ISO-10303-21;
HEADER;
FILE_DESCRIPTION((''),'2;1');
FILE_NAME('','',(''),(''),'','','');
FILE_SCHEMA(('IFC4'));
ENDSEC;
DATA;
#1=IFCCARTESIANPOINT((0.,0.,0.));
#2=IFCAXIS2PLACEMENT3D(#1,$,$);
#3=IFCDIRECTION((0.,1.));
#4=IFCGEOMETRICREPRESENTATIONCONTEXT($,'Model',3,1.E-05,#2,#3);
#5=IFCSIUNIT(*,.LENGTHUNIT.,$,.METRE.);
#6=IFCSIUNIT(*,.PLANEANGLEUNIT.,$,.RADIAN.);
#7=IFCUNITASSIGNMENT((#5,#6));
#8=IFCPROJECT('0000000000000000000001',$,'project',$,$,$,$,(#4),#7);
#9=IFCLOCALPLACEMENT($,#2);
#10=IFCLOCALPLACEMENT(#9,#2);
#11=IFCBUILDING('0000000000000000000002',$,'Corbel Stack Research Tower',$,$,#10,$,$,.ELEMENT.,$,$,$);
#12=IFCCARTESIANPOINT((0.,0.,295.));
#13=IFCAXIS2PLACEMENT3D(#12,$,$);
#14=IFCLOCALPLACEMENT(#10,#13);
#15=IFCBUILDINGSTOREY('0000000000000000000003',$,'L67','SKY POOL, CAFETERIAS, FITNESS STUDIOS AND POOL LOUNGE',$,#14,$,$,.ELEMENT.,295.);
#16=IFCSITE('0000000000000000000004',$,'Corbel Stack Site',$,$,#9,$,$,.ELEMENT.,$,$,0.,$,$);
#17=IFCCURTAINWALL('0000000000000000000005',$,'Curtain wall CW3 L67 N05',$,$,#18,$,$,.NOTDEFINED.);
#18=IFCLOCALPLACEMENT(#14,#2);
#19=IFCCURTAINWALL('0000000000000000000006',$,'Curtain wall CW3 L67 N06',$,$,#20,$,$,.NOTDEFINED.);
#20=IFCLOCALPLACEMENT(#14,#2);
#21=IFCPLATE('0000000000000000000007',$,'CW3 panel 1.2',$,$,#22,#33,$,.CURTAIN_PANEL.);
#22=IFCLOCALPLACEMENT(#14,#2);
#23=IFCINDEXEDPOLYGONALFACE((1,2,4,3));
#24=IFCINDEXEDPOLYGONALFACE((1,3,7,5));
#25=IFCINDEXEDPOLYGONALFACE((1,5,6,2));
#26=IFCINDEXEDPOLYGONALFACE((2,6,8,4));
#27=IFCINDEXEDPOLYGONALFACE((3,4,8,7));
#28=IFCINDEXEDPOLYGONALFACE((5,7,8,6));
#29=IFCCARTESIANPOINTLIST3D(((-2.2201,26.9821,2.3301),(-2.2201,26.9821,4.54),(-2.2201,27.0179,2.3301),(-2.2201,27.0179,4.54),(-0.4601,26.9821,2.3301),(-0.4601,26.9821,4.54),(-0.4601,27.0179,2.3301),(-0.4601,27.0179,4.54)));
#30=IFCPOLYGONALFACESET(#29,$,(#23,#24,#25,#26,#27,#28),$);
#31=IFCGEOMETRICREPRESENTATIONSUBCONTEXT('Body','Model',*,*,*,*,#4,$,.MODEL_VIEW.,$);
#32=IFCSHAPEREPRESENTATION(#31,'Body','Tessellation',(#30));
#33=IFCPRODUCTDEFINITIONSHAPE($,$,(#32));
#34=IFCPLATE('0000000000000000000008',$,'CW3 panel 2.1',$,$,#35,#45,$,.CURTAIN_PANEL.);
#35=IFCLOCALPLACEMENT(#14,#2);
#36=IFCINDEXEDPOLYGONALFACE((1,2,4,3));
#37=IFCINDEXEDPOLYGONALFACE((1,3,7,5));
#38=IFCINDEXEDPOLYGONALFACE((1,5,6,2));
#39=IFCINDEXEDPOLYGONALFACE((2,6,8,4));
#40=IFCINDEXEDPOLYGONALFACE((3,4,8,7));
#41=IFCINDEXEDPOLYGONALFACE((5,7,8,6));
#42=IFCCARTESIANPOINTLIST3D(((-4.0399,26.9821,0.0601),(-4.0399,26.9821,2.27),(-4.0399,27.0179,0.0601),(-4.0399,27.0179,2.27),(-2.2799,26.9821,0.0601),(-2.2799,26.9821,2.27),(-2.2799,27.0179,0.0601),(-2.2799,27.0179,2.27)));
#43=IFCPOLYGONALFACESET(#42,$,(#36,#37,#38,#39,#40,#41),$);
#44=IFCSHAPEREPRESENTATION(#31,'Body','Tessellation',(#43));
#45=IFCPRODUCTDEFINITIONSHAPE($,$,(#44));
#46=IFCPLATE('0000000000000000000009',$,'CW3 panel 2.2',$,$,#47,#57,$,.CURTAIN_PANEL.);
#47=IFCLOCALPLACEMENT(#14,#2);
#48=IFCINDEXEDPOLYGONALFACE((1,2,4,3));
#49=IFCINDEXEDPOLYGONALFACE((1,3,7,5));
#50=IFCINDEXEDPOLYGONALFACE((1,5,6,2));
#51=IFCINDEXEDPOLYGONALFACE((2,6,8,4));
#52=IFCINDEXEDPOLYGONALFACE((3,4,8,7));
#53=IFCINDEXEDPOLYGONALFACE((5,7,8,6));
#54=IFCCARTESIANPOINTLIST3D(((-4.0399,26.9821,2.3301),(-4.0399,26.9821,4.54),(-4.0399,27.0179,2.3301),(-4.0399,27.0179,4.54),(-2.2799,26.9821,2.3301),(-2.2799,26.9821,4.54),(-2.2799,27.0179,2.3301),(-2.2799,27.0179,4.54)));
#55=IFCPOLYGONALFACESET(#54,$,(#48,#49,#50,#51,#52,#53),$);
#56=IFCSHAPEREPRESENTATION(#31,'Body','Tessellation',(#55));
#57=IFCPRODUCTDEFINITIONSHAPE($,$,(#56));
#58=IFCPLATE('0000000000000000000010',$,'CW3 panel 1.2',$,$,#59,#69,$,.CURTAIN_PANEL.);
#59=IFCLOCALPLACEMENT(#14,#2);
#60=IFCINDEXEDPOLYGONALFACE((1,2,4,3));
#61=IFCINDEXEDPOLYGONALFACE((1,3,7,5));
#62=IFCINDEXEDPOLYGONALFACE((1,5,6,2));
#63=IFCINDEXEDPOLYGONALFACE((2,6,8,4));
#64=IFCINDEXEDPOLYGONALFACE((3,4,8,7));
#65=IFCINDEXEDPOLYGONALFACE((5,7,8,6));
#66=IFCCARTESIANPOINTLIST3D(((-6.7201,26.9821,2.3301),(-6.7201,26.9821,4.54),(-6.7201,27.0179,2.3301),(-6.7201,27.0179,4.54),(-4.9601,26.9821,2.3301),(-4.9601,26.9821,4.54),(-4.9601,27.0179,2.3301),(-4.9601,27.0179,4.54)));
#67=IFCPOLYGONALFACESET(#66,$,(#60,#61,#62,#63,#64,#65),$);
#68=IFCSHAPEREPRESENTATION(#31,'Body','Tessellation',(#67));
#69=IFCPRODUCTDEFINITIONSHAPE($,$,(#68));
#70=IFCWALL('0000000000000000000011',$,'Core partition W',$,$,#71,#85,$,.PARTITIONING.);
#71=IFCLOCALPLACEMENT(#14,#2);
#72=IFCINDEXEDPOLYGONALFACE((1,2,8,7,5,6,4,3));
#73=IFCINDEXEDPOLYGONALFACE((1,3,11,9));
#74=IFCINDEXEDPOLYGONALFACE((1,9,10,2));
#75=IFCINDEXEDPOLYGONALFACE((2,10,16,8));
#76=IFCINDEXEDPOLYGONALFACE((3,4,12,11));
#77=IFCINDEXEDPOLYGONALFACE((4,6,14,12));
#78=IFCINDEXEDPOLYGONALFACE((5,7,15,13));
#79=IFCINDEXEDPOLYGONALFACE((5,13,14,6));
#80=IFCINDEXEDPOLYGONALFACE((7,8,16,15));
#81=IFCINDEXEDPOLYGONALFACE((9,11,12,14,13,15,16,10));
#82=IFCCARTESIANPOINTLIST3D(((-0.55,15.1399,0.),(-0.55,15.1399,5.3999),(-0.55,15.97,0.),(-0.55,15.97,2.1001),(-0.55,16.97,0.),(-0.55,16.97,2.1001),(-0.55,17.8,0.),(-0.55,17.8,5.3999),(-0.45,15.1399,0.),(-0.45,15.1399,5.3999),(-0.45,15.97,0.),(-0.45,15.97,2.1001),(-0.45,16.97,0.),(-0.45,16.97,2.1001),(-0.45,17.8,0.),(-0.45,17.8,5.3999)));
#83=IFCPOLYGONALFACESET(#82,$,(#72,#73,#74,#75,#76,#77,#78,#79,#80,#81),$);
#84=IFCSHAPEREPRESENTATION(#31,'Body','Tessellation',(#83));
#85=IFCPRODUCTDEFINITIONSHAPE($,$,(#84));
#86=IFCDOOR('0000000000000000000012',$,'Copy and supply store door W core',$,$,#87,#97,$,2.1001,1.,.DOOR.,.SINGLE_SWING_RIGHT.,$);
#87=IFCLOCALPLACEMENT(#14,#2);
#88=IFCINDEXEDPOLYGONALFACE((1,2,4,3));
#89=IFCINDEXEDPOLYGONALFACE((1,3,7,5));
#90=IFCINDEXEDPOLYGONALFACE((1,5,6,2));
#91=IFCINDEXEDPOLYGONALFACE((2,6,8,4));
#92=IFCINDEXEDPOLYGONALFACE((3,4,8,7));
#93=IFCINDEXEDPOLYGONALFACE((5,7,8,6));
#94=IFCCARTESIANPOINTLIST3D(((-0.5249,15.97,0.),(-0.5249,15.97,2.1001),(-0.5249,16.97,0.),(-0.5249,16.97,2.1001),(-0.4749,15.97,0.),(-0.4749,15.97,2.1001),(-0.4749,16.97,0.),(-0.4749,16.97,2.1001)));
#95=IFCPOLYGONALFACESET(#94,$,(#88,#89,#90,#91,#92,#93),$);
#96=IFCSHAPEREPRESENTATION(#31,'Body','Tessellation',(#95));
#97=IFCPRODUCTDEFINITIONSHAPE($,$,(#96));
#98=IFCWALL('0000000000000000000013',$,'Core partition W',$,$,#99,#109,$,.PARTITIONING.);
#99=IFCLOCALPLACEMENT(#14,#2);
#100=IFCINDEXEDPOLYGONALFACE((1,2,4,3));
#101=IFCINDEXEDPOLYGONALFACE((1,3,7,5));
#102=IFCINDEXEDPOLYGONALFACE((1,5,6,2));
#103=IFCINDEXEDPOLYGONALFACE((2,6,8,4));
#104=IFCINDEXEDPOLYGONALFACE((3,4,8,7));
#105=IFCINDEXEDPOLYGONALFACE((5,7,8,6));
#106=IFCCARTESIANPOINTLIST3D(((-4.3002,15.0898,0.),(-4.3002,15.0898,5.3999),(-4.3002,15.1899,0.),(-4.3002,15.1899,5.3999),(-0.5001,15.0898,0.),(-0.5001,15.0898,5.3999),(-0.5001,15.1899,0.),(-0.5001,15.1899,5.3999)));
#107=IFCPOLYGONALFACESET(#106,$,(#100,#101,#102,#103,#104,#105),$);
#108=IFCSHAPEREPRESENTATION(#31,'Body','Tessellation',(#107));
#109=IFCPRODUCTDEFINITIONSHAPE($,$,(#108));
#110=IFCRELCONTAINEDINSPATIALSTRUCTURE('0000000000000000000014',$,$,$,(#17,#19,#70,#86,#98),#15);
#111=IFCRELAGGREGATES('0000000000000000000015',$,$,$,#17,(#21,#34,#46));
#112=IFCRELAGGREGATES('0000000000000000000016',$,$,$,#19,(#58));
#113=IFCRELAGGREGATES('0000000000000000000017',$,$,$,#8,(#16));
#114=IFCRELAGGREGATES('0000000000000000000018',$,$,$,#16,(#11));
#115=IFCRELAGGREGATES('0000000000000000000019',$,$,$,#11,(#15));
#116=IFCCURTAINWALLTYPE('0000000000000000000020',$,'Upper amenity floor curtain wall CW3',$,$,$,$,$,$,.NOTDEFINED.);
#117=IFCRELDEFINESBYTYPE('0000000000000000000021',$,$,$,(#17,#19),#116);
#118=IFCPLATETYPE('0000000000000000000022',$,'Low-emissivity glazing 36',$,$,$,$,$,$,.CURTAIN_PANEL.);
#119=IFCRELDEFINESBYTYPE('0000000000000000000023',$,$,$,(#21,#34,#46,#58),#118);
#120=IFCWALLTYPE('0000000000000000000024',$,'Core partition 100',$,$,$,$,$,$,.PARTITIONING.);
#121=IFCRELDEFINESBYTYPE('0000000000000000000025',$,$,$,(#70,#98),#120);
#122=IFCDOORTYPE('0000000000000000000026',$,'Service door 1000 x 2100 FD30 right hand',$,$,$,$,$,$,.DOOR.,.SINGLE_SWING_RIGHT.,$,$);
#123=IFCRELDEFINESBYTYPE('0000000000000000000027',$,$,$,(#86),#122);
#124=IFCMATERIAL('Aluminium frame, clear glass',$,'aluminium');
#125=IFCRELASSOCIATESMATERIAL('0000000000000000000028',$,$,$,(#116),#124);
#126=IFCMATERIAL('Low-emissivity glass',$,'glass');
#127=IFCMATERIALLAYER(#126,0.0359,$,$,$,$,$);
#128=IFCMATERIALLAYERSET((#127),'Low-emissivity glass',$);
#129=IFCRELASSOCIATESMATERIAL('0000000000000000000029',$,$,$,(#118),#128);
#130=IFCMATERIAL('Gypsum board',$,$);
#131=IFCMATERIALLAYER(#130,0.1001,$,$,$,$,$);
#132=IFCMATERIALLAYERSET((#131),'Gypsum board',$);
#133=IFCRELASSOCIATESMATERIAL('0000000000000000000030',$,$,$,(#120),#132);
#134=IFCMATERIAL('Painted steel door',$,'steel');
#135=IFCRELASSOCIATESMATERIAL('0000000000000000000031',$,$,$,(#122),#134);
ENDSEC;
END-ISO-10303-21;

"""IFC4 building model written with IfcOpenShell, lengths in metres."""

from ifc_helpers import new_model, si_unit, direction, frame, frame_2d, origin, origin_2d, place, context, subcontext, project, spatial, rectangle, extrude, material, layer, layer_set, type_object, element, fill, aggregate, save


model = new_model("IFC4")

# Units and contexts
model_context = context("Model", 3, precision=1e-05, world=origin(), true_north=direction((0.0, 1.0)))
body_context = subcontext(model_context, "Body", "Model", "MODEL_VIEW")
ifc_project = project(units=[si_unit("LENGTHUNIT", "METRE"), si_unit("PLANEANGLEUNIT", "RADIAN")], contexts=[model_context])

# Site, building, storey
site_placement = place(None, origin())
site = spatial("IfcSite", under=ifc_project, at=site_placement, Name="Corbel Stack Site", CompositionType="ELEMENT", RefElevation=0.0)
building_placement = place(site_placement, origin())
building = spatial("IfcBuilding", under=site, at=building_placement, Name="Corbel Stack Research Tower", CompositionType="ELEMENT")
storey_placement = place(building_placement, frame((0.0, 0.0, 295.0)))
storey = spatial("IfcBuildingStorey", under=building, at=storey_placement, Name="L67", Description="SKY POOL, CAFETERIAS, FITNESS STUDIOS AND POOL LOUNGE", CompositionType="ELEMENT", Elevation=295.0)

# Curtain wall
ifc_material_1 = material(Name="Aluminium frame, clear glass", Category="aluminium")
curtain_wall_type = type_object("IfcCurtainWallType", Name="Upper amenity floor curtain wall CW3", PredefinedType="NOTDEFINED", material=ifc_material_1)
curtain_wall_1_placement = place(storey_placement, origin())
curtain_wall_1 = element("IfcCurtainWall", 1, at=curtain_wall_1_placement, inside=storey, type_object=curtain_wall_type, Name="Curtain wall CW3 L67 N05", PredefinedType="NOTDEFINED")

# Curtain wall
curtain_wall_2_placement = place(storey_placement, origin())
curtain_wall_2 = element("IfcCurtainWall", 2, at=curtain_wall_2_placement, inside=storey, type_object=curtain_wall_type, Name="Curtain wall CW3 L67 N06", PredefinedType="NOTDEFINED")

# Plates
ifc_material_2 = material(Name="Low-emissivity glass", Category="glass")
ifc_layer_1 = layer(ifc_material_2, 0.0359)
ifc_layer_set_1 = layer_set([ifc_layer_1], Name="Low-emissivity glass")
plate_type = type_object("IfcPlateType", Name="Low-emissivity glazing 36", PredefinedType="CURTAIN_PANEL", material=ifc_layer_set_1)
plate_1_placement = place(storey_placement, frame((-1.3401, 27.0, 2.3301), z_axis=(0.0, 0.0, 1.0), x_axis=(-1.0, 0.0, 0.0)))
plate_1 = element("IfcPlate", 3, at=plate_1_placement, type_object=plate_type, Name="CW3 panel 1.2", PredefinedType="CURTAIN_PANEL", context=body_context, shape_type="SweptSolid", body=[
    extrude(rectangle(XDim=1.76, YDim=0.0359, at=origin_2d()), origin(), (0.0, 0.0, 1.0), 2.21),
])
plate_2_placement = place(storey_placement, frame((-3.1599, 27.0, 0.0601), z_axis=(0.0, 0.0, 1.0), x_axis=(-1.0, 0.0, 0.0)))
plate_2 = element("IfcPlate", 4, at=plate_2_placement, type_object=plate_type, Name="CW3 panel 2.1", PredefinedType="CURTAIN_PANEL", context=body_context, shape_type="SweptSolid", body=[
    extrude(rectangle(XDim=1.76, YDim=0.0359, at=origin_2d()), origin(), (0.0, 0.0, 1.0), 2.21),
])
plate_3_placement = place(storey_placement, frame((-3.1599, 27.0, 2.3301), z_axis=(0.0, 0.0, 1.0), x_axis=(-1.0, 0.0, 0.0)))
plate_3 = element("IfcPlate", 5, at=plate_3_placement, type_object=plate_type, Name="CW3 panel 2.2", PredefinedType="CURTAIN_PANEL", context=body_context, shape_type="SweptSolid", body=[
    extrude(rectangle(XDim=1.76, YDim=0.0359, at=origin_2d()), origin(), (0.0, 0.0, 1.0), 2.21),
])
aggregate(curtain_wall_1, [plate_1, plate_2, plate_3])
plate_4_placement = place(storey_placement, frame((-5.8401, 27.0, 2.3301), z_axis=(0.0, 0.0, 1.0), x_axis=(-1.0, 0.0, 0.0)))
plate_4 = element("IfcPlate", 6, at=plate_4_placement, type_object=plate_type, Name="CW3 panel 1.2", PredefinedType="CURTAIN_PANEL", context=body_context, shape_type="SweptSolid", body=[
    extrude(rectangle(XDim=1.76, YDim=0.0359, at=origin_2d()), origin(), (0.0, 0.0, 1.0), 2.21),
])
aggregate(curtain_wall_2, [plate_4])

# Wall, opening, door
ifc_material_3 = material(Name="Gypsum board")
ifc_layer_2 = layer(ifc_material_3, 0.1001)
ifc_layer_set_2 = layer_set([ifc_layer_2], Name="Gypsum board")
wall_type = type_object("IfcWallType", Name="Core partition 100", PredefinedType="PARTITIONING", material=ifc_layer_set_2)
wall_1_placement = place(storey_placement, frame((-0.5, 15.1399, 0.0), z_axis=(0.0, 0.0, 1.0), x_axis=(0.0, 1.0, 0.0)))
wall_1 = element("IfcWall", 7, at=wall_1_placement, inside=storey, type_object=wall_type, Name="Core partition W", PredefinedType="PARTITIONING", context=body_context, shape_type="SweptSolid", body=[
    extrude(rectangle(XDim=2.6602, YDim=0.1001, at=frame_2d((1.3301, 0.0))), origin(), (0.0, 0.0, 1.0), 5.3999),
])
opening_placement = place(wall_1_placement, frame((0.8301, 0.0, 0.0)))
opening = element("IfcOpeningElement", 8, at=opening_placement, cuts=wall_1, PredefinedType="OPENING", context=body_context, shape_type="SweptSolid", body=[
    extrude(rectangle(XDim=1.0, YDim=2.1001, at=frame_2d((0.5, 1.05))), frame((0.0, 0.0601, 0.0), z_axis=(0.0, -1.0, 0.0), x_axis=(1.0, 0.0, 0.0)), (0.0, 0.0, 1.0), 0.1201),
])
ifc_material_4 = material(Name="Painted steel door", Category="steel")
door_type = type_object("IfcDoorType", Name="Service door 1000 x 2100 FD30 right hand", OperationType="SINGLE_SWING_RIGHT", PredefinedType="DOOR", material=ifc_material_4)
door_placement = place(opening_placement, origin())
door = element("IfcDoor", 9, at=door_placement, inside=storey, type_object=door_type, Name="Copy and supply store door W core", OperationType="SINGLE_SWING_RIGHT", OverallHeight=2.1001, OverallWidth=1.0, PredefinedType="DOOR", context=body_context, shape_type="SweptSolid", body=[
    extrude(rectangle(XDim=1.0, YDim=2.1001, at=frame_2d((0.5, 1.05))), frame((0.0, 0.0249, 0.0), z_axis=(0.0, -1.0, 0.0), x_axis=(1.0, 0.0, 0.0)), (0.0, 0.0, 1.0), 0.05),
])
fill(opening, door)

# Wall
wall_2_placement = place(storey_placement, frame((-4.3, 15.1399, 0.0), z_axis=(0.0, 0.0, 1.0), x_axis=(1.0, 0.0, 0.0)))
element("IfcWall", 10, at=wall_2_placement, inside=storey, type_object=wall_type, Name="Core partition W", PredefinedType="PARTITIONING", context=body_context, shape_type="SweptSolid", body=[
    extrude(rectangle(XDim=3.8, YDim=0.1001, at=frame_2d((1.8999, 0.0))), origin(), (0.0, 0.0, 1.0), 5.3999),
])

save(model, "model.ifc")
